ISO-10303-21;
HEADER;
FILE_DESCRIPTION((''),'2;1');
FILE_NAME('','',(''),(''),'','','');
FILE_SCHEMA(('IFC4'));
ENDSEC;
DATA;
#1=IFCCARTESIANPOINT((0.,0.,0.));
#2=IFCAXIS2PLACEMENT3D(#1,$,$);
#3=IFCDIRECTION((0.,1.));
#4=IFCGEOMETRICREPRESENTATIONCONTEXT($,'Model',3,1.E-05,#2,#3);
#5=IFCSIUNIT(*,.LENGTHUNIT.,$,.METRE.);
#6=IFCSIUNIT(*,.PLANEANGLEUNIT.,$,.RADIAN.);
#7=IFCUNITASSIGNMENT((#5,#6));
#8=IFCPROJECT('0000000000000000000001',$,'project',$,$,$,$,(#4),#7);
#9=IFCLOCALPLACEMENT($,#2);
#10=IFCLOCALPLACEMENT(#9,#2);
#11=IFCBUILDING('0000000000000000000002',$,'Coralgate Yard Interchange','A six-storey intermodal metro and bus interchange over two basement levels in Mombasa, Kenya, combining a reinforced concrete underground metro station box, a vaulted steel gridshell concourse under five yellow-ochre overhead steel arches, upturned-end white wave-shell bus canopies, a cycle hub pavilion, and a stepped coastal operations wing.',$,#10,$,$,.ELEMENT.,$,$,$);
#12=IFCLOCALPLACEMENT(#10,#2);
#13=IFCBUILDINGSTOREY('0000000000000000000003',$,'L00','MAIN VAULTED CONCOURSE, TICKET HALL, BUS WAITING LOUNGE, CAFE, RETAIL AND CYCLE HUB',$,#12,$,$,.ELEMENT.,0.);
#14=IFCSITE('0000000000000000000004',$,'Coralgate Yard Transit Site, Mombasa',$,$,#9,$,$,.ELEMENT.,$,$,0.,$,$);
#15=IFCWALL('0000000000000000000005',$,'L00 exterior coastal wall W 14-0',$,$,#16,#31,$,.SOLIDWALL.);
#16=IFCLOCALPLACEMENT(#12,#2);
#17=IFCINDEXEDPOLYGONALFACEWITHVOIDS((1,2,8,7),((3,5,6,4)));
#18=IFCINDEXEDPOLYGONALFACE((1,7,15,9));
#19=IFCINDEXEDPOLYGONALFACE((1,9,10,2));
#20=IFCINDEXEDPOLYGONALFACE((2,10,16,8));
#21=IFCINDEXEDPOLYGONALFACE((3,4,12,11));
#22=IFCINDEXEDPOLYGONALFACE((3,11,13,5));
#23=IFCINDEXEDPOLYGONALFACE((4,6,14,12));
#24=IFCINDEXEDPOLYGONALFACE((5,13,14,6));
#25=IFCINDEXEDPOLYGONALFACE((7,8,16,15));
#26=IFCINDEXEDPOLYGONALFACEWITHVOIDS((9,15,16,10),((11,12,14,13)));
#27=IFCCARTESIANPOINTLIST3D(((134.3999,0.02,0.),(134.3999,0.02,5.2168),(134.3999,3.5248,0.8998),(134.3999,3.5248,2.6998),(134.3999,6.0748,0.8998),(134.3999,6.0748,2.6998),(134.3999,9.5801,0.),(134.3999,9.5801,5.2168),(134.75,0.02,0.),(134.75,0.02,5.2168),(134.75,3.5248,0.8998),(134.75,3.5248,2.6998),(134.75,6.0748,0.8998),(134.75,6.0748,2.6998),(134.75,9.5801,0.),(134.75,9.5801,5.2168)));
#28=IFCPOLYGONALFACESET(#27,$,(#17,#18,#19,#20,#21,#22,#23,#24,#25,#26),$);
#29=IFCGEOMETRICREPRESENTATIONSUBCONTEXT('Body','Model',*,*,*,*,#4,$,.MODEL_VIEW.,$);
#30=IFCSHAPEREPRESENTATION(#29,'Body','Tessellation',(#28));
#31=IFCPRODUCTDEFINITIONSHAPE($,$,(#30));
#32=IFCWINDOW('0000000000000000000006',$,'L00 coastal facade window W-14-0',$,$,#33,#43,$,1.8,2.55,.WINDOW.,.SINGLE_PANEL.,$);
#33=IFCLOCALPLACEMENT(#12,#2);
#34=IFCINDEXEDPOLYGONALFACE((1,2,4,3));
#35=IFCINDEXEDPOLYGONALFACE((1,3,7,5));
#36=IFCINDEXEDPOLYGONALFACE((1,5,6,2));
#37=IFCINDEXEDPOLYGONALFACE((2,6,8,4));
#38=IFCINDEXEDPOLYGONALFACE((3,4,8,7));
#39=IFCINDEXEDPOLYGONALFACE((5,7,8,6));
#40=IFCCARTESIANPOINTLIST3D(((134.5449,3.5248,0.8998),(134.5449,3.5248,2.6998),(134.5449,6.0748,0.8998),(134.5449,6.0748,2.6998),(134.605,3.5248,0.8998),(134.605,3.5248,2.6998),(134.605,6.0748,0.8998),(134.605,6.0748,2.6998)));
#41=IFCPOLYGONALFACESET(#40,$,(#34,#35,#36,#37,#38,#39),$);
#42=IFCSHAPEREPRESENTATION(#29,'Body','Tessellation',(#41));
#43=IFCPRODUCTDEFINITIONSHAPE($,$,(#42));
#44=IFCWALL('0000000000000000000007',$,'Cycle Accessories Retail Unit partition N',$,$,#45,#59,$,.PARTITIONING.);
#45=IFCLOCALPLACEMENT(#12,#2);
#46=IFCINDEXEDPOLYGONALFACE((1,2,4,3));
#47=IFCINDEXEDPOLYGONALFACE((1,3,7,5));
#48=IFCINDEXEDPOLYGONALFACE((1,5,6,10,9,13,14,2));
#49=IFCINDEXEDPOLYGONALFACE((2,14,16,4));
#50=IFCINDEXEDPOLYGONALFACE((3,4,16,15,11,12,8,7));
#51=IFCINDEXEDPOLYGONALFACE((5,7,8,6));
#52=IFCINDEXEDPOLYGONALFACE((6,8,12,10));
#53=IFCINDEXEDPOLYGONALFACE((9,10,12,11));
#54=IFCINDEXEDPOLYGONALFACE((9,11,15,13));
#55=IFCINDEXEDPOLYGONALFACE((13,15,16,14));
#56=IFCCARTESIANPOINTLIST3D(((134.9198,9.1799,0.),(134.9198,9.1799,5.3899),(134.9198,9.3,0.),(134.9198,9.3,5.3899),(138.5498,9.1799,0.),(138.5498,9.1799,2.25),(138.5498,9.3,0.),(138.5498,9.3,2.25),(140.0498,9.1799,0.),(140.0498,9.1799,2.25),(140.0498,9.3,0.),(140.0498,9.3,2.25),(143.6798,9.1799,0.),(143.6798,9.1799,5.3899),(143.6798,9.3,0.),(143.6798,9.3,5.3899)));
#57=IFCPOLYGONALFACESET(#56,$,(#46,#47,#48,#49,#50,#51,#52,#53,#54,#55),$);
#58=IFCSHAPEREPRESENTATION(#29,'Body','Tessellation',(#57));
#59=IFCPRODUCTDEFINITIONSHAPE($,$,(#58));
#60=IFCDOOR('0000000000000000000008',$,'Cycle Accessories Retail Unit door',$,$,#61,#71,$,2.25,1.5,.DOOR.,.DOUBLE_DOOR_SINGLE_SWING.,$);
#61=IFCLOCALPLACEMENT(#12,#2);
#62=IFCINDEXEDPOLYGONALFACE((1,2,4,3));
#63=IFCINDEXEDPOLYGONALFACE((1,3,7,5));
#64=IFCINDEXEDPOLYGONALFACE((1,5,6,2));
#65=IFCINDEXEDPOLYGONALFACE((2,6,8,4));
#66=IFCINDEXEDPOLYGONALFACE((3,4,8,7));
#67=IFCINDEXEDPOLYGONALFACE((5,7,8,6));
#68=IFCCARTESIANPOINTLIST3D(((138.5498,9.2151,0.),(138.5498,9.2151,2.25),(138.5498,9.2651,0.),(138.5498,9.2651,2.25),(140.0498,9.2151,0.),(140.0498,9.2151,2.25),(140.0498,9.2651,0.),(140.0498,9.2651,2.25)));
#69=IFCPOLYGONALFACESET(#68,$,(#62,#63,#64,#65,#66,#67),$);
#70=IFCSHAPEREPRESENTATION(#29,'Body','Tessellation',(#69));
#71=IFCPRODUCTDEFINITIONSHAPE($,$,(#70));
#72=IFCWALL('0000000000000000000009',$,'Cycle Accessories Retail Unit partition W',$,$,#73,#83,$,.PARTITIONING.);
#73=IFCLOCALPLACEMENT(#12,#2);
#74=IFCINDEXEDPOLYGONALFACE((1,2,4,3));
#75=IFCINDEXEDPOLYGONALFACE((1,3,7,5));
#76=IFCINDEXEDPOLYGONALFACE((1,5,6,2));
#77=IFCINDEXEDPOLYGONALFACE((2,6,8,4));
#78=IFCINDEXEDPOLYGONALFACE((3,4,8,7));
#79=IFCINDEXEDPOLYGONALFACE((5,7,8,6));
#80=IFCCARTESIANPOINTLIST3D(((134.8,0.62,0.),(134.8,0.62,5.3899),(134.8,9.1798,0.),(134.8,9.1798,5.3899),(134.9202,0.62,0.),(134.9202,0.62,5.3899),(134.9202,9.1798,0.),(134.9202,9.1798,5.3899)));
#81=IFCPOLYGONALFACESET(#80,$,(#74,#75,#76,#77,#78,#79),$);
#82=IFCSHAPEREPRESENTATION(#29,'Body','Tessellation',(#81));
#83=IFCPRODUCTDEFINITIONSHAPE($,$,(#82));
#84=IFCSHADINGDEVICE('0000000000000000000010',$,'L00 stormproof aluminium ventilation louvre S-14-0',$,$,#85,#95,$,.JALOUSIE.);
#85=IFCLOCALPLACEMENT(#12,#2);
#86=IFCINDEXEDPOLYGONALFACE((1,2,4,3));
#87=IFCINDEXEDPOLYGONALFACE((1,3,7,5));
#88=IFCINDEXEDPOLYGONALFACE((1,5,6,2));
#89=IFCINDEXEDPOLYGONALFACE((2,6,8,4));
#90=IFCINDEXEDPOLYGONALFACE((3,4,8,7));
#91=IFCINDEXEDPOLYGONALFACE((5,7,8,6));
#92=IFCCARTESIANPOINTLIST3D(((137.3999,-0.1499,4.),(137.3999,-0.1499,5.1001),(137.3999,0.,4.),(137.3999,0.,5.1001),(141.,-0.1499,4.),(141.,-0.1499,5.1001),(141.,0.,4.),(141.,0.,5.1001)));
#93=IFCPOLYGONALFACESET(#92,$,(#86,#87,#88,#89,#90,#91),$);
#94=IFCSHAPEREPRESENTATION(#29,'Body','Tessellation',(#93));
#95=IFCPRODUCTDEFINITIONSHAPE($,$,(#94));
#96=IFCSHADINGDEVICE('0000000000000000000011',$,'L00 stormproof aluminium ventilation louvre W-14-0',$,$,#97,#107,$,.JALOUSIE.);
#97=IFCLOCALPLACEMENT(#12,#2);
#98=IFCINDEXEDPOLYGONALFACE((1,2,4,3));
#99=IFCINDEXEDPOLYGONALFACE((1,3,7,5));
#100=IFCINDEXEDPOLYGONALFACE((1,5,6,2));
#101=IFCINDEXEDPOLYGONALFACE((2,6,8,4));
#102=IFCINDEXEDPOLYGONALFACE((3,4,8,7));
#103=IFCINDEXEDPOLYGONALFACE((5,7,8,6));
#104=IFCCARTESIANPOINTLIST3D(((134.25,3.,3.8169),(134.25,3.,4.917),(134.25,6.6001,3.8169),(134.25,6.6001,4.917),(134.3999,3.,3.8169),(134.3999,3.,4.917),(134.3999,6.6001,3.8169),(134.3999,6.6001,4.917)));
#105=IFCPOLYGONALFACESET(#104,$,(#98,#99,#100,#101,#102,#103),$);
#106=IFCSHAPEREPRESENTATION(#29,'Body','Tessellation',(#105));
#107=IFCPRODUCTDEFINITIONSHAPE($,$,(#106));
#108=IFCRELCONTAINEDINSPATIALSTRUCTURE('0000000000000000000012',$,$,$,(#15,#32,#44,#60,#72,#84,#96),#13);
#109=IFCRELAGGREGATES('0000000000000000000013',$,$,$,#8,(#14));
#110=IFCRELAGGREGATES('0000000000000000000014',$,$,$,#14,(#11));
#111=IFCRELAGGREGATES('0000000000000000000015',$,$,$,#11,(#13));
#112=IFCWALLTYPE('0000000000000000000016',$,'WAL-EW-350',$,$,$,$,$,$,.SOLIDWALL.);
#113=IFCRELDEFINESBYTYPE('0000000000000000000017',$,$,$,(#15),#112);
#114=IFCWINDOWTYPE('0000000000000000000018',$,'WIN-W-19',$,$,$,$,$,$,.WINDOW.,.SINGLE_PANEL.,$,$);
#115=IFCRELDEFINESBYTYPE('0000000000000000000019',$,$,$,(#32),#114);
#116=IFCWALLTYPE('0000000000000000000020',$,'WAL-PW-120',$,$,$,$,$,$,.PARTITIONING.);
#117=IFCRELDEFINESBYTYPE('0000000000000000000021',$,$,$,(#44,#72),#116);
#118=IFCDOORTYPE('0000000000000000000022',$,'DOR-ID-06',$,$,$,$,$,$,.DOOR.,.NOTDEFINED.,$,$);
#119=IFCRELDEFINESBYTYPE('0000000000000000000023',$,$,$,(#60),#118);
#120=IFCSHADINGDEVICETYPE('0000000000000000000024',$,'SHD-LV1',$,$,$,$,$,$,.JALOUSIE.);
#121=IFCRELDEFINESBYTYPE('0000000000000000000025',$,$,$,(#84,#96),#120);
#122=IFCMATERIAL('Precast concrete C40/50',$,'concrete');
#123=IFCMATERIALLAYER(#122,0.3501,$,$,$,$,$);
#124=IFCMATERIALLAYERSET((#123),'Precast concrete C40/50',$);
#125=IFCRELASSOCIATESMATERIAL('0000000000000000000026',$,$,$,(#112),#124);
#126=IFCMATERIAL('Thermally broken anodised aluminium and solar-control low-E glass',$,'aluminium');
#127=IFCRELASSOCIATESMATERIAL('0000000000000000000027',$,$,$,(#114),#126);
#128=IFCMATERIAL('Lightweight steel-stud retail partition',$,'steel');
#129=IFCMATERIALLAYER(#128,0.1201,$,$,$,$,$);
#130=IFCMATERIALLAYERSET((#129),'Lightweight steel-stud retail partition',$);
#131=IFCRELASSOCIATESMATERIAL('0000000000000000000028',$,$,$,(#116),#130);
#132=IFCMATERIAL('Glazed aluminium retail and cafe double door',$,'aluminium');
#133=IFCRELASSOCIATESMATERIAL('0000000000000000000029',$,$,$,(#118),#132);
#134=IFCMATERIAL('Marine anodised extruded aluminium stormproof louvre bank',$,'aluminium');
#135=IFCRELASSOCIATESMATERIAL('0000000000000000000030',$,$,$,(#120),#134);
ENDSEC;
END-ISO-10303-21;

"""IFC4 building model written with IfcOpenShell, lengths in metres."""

from ifc_helpers import new_model, si_unit, direction, frame, frame_2d, origin, origin_2d, place, context, subcontext, project, spatial, rectangle, extrude, material, layer, layer_set, type_object, element, fill, save


model = new_model("IFC4")

# Units and contexts
model_context = context("Model", 3, precision=1e-05, world=origin(), true_north=direction((0.0, 1.0)))
body_context = subcontext(model_context, "Body", "Model", "MODEL_VIEW")
ifc_project = project(units=[si_unit("LENGTHUNIT", "METRE"), si_unit("PLANEANGLEUNIT", "RADIAN")], contexts=[model_context])

# Site, building, storey
site_placement = place(None, origin())
site = spatial("IfcSite", under=ifc_project, at=site_placement, Name="Coralgate Yard Transit Site, Mombasa", CompositionType="ELEMENT", RefElevation=0.0)
building_placement = place(site_placement, origin())
building = spatial("IfcBuilding", under=site, at=building_placement, Name="Coralgate Yard Interchange", Description="A six-storey intermodal metro and bus interchange over two basement levels in Mombasa, Kenya, combining a reinforced concrete underground metro station box, a vaulted steel gridshell concourse under five yellow-ochre overhead steel arches, upturned-end white wave-shell bus canopies, a cycle hub pavilion, and a stepped coastal operations wing.", CompositionType="ELEMENT")
storey_placement = place(building_placement, origin())
storey = spatial("IfcBuildingStorey", under=building, at=storey_placement, Name="L00", Description="MAIN VAULTED CONCOURSE, TICKET HALL, BUS WAITING LOUNGE, CAFE, RETAIL AND CYCLE HUB", CompositionType="ELEMENT", Elevation=0.0)

# Wall, opening, window
ifc_material_1 = material(Name="Precast concrete C40/50", Category="concrete")
ifc_layer_1 = layer(ifc_material_1, 0.3501)
ifc_layer_set_1 = layer_set([ifc_layer_1], Name="Precast concrete C40/50")
wall_type_1 = type_object("IfcWallType", Name="WAL-EW-350", PredefinedType="SOLIDWALL", material=ifc_layer_set_1)
wall_1_placement = place(storey_placement, frame((134.575, 0.02, 0.0), z_axis=(0.0, 0.0, 1.0), x_axis=(0.0, 1.0, 0.0)))
wall_1 = element("IfcWall", 1, at=wall_1_placement, inside=storey, type_object=wall_type_1, Name="L00 exterior coastal wall W 14-0", PredefinedType="SOLIDWALL", context=body_context, shape_type="SweptSolid", body=[
    extrude(rectangle(XDim=9.5601, YDim=0.3501, at=frame_2d((4.78, 0.0))), origin(), (0.0, 0.0, 1.0), 5.2168),
])
opening_1_placement = place(wall_1_placement, frame((3.5049, 0.0, 0.8999)))
opening_1 = element("IfcOpeningElement", 2, at=opening_1_placement, cuts=wall_1, PredefinedType="OPENING", context=body_context, shape_type="SweptSolid", body=[
    extrude(rectangle(XDim=2.55, YDim=1.8, at=frame_2d((1.2749, 0.8999))), frame((0.0, 0.1851, 0.0), z_axis=(0.0, -1.0, 0.0), x_axis=(1.0, 0.0, 0.0)), (0.0, 0.0, 1.0), 0.3701),
])
ifc_material_2 = material(Name="Thermally broken anodised aluminium and solar-control low-E glass", Category="aluminium")
window_type = type_object("IfcWindowType", Name="WIN-W-19", PartitioningType="SINGLE_PANEL", PredefinedType="WINDOW", material=ifc_material_2)
window_placement = place(opening_1_placement, origin())
window = element("IfcWindow", 3, at=window_placement, inside=storey, type_object=window_type, Name="L00 coastal facade window W-14-0", OverallHeight=1.8, OverallWidth=2.55, PartitioningType="SINGLE_PANEL", PredefinedType="WINDOW", context=body_context, shape_type="SweptSolid", body=[
    extrude(rectangle(XDim=2.55, YDim=1.8, at=frame_2d((1.2749, 0.8999))), frame((0.0, 0.03, 0.0), z_axis=(0.0, -1.0, 0.0), x_axis=(1.0, 0.0, 0.0)), (0.0, 0.0, 1.0), 0.0601),
])
fill(opening_1, window)

# Wall, opening, door
ifc_material_3 = material(Name="Lightweight steel-stud retail partition", Category="steel")
ifc_layer_2 = layer(ifc_material_3, 0.1201)
ifc_layer_set_2 = layer_set([ifc_layer_2], Name="Lightweight steel-stud retail partition")
wall_type_2 = type_object("IfcWallType", Name="WAL-PW-120", PredefinedType="PARTITIONING", material=ifc_layer_set_2)
wall_2_placement = place(storey_placement, frame((134.9199, 9.24, 0.0), z_axis=(0.0, 0.0, 1.0), x_axis=(1.0, 0.0, 0.0)))
wall_2 = element("IfcWall", 4, at=wall_2_placement, inside=storey, type_object=wall_type_2, Name="Cycle Accessories Retail Unit partition N", PredefinedType="PARTITIONING", context=body_context, shape_type="SweptSolid", body=[
    extrude(rectangle(XDim=8.76, YDim=0.1201, at=frame_2d((4.3799, 0.0))), origin(), (0.0, 0.0, 1.0), 5.3899),
])
opening_2_placement = place(wall_2_placement, frame((3.6299, 0.0, 0.0)))
opening_2 = element("IfcOpeningElement", 5, at=opening_2_placement, cuts=wall_2, PredefinedType="OPENING", context=body_context, shape_type="SweptSolid", body=[
    extrude(rectangle(XDim=1.5, YDim=2.25, at=frame_2d((0.75, 1.125))), frame((0.0, 0.0701, 0.0), z_axis=(0.0, -1.0, 0.0), x_axis=(1.0, 0.0, 0.0)), (0.0, 0.0, 1.0), 0.1401),
])
ifc_material_4 = material(Name="Glazed aluminium retail and cafe double door", Category="aluminium")
door_type = type_object("IfcDoorType", Name="DOR-ID-06", OperationType="NOTDEFINED", PredefinedType="DOOR", material=ifc_material_4)
door_placement = place(opening_2_placement, frame((1.5, 0.0, 0.0), z_axis=(0.0, 0.0, 1.0), x_axis=(-1.0, 0.0, 0.0)))
door = element("IfcDoor", 6, at=door_placement, inside=storey, type_object=door_type, Name="Cycle Accessories Retail Unit door", OperationType="DOUBLE_DOOR_SINGLE_SWING", OverallHeight=2.25, OverallWidth=1.5, PredefinedType="DOOR", context=body_context, shape_type="SweptSolid", body=[
    extrude(rectangle(XDim=1.5, YDim=2.25, at=frame_2d((0.75, 1.125))), frame((0.0, 0.0249, 0.0), z_axis=(0.0, -1.0, 0.0), x_axis=(1.0, 0.0, 0.0)), (0.0, 0.0, 1.0), 0.05),
])
fill(opening_2, door)

# Wall
wall_3_placement = place(storey_placement, frame((134.8601, 0.6201, 0.0), z_axis=(0.0, 0.0, 1.0), x_axis=(0.0, 1.0, 0.0)))
element("IfcWall", 7, at=wall_3_placement, inside=storey, type_object=wall_type_2, Name="Cycle Accessories Retail Unit partition W", PredefinedType="PARTITIONING", context=body_context, shape_type="SweptSolid", body=[
    extrude(rectangle(XDim=8.5598, YDim=0.1201, at=frame_2d((4.2798, 0.0))), origin(), (0.0, 0.0, 1.0), 5.3899),
])

# Shading devices
ifc_material_5 = material(Name="Marine anodised extruded aluminium stormproof louvre bank", Category="aluminium")
shading_device_type = type_object("IfcShadingDeviceType", Name="SHD-LV1", PredefinedType="JALOUSIE", material=ifc_material_5)
for number, where, z_axis, x_axis, name in (
    (8, (139.2, -0.075, 4.0), (0.0, 0.0, 1.0), (-1.0, 0.0, 0.0), "L00 stormproof aluminium ventilation louvre S-14-0"),
    (9, (134.325, 4.8, 3.8169), (0.0, 0.0, 1.0), (0.0, 1.0, 0.0), "L00 stormproof aluminium ventilation louvre W-14-0"),
):
    element("IfcShadingDevice", number, at=place(storey_placement, frame(where, z_axis=z_axis, x_axis=x_axis)), inside=storey, type_object=shading_device_type, Name=name, PredefinedType="JALOUSIE", context=body_context, shape_type="SweptSolid", body=[
        extrude(rectangle(XDim=3.6001, YDim=0.1499, at=origin_2d()), origin(), (0.0, 0.0, 1.0), 1.1001),
    ])

save(model, "model.ifc")
